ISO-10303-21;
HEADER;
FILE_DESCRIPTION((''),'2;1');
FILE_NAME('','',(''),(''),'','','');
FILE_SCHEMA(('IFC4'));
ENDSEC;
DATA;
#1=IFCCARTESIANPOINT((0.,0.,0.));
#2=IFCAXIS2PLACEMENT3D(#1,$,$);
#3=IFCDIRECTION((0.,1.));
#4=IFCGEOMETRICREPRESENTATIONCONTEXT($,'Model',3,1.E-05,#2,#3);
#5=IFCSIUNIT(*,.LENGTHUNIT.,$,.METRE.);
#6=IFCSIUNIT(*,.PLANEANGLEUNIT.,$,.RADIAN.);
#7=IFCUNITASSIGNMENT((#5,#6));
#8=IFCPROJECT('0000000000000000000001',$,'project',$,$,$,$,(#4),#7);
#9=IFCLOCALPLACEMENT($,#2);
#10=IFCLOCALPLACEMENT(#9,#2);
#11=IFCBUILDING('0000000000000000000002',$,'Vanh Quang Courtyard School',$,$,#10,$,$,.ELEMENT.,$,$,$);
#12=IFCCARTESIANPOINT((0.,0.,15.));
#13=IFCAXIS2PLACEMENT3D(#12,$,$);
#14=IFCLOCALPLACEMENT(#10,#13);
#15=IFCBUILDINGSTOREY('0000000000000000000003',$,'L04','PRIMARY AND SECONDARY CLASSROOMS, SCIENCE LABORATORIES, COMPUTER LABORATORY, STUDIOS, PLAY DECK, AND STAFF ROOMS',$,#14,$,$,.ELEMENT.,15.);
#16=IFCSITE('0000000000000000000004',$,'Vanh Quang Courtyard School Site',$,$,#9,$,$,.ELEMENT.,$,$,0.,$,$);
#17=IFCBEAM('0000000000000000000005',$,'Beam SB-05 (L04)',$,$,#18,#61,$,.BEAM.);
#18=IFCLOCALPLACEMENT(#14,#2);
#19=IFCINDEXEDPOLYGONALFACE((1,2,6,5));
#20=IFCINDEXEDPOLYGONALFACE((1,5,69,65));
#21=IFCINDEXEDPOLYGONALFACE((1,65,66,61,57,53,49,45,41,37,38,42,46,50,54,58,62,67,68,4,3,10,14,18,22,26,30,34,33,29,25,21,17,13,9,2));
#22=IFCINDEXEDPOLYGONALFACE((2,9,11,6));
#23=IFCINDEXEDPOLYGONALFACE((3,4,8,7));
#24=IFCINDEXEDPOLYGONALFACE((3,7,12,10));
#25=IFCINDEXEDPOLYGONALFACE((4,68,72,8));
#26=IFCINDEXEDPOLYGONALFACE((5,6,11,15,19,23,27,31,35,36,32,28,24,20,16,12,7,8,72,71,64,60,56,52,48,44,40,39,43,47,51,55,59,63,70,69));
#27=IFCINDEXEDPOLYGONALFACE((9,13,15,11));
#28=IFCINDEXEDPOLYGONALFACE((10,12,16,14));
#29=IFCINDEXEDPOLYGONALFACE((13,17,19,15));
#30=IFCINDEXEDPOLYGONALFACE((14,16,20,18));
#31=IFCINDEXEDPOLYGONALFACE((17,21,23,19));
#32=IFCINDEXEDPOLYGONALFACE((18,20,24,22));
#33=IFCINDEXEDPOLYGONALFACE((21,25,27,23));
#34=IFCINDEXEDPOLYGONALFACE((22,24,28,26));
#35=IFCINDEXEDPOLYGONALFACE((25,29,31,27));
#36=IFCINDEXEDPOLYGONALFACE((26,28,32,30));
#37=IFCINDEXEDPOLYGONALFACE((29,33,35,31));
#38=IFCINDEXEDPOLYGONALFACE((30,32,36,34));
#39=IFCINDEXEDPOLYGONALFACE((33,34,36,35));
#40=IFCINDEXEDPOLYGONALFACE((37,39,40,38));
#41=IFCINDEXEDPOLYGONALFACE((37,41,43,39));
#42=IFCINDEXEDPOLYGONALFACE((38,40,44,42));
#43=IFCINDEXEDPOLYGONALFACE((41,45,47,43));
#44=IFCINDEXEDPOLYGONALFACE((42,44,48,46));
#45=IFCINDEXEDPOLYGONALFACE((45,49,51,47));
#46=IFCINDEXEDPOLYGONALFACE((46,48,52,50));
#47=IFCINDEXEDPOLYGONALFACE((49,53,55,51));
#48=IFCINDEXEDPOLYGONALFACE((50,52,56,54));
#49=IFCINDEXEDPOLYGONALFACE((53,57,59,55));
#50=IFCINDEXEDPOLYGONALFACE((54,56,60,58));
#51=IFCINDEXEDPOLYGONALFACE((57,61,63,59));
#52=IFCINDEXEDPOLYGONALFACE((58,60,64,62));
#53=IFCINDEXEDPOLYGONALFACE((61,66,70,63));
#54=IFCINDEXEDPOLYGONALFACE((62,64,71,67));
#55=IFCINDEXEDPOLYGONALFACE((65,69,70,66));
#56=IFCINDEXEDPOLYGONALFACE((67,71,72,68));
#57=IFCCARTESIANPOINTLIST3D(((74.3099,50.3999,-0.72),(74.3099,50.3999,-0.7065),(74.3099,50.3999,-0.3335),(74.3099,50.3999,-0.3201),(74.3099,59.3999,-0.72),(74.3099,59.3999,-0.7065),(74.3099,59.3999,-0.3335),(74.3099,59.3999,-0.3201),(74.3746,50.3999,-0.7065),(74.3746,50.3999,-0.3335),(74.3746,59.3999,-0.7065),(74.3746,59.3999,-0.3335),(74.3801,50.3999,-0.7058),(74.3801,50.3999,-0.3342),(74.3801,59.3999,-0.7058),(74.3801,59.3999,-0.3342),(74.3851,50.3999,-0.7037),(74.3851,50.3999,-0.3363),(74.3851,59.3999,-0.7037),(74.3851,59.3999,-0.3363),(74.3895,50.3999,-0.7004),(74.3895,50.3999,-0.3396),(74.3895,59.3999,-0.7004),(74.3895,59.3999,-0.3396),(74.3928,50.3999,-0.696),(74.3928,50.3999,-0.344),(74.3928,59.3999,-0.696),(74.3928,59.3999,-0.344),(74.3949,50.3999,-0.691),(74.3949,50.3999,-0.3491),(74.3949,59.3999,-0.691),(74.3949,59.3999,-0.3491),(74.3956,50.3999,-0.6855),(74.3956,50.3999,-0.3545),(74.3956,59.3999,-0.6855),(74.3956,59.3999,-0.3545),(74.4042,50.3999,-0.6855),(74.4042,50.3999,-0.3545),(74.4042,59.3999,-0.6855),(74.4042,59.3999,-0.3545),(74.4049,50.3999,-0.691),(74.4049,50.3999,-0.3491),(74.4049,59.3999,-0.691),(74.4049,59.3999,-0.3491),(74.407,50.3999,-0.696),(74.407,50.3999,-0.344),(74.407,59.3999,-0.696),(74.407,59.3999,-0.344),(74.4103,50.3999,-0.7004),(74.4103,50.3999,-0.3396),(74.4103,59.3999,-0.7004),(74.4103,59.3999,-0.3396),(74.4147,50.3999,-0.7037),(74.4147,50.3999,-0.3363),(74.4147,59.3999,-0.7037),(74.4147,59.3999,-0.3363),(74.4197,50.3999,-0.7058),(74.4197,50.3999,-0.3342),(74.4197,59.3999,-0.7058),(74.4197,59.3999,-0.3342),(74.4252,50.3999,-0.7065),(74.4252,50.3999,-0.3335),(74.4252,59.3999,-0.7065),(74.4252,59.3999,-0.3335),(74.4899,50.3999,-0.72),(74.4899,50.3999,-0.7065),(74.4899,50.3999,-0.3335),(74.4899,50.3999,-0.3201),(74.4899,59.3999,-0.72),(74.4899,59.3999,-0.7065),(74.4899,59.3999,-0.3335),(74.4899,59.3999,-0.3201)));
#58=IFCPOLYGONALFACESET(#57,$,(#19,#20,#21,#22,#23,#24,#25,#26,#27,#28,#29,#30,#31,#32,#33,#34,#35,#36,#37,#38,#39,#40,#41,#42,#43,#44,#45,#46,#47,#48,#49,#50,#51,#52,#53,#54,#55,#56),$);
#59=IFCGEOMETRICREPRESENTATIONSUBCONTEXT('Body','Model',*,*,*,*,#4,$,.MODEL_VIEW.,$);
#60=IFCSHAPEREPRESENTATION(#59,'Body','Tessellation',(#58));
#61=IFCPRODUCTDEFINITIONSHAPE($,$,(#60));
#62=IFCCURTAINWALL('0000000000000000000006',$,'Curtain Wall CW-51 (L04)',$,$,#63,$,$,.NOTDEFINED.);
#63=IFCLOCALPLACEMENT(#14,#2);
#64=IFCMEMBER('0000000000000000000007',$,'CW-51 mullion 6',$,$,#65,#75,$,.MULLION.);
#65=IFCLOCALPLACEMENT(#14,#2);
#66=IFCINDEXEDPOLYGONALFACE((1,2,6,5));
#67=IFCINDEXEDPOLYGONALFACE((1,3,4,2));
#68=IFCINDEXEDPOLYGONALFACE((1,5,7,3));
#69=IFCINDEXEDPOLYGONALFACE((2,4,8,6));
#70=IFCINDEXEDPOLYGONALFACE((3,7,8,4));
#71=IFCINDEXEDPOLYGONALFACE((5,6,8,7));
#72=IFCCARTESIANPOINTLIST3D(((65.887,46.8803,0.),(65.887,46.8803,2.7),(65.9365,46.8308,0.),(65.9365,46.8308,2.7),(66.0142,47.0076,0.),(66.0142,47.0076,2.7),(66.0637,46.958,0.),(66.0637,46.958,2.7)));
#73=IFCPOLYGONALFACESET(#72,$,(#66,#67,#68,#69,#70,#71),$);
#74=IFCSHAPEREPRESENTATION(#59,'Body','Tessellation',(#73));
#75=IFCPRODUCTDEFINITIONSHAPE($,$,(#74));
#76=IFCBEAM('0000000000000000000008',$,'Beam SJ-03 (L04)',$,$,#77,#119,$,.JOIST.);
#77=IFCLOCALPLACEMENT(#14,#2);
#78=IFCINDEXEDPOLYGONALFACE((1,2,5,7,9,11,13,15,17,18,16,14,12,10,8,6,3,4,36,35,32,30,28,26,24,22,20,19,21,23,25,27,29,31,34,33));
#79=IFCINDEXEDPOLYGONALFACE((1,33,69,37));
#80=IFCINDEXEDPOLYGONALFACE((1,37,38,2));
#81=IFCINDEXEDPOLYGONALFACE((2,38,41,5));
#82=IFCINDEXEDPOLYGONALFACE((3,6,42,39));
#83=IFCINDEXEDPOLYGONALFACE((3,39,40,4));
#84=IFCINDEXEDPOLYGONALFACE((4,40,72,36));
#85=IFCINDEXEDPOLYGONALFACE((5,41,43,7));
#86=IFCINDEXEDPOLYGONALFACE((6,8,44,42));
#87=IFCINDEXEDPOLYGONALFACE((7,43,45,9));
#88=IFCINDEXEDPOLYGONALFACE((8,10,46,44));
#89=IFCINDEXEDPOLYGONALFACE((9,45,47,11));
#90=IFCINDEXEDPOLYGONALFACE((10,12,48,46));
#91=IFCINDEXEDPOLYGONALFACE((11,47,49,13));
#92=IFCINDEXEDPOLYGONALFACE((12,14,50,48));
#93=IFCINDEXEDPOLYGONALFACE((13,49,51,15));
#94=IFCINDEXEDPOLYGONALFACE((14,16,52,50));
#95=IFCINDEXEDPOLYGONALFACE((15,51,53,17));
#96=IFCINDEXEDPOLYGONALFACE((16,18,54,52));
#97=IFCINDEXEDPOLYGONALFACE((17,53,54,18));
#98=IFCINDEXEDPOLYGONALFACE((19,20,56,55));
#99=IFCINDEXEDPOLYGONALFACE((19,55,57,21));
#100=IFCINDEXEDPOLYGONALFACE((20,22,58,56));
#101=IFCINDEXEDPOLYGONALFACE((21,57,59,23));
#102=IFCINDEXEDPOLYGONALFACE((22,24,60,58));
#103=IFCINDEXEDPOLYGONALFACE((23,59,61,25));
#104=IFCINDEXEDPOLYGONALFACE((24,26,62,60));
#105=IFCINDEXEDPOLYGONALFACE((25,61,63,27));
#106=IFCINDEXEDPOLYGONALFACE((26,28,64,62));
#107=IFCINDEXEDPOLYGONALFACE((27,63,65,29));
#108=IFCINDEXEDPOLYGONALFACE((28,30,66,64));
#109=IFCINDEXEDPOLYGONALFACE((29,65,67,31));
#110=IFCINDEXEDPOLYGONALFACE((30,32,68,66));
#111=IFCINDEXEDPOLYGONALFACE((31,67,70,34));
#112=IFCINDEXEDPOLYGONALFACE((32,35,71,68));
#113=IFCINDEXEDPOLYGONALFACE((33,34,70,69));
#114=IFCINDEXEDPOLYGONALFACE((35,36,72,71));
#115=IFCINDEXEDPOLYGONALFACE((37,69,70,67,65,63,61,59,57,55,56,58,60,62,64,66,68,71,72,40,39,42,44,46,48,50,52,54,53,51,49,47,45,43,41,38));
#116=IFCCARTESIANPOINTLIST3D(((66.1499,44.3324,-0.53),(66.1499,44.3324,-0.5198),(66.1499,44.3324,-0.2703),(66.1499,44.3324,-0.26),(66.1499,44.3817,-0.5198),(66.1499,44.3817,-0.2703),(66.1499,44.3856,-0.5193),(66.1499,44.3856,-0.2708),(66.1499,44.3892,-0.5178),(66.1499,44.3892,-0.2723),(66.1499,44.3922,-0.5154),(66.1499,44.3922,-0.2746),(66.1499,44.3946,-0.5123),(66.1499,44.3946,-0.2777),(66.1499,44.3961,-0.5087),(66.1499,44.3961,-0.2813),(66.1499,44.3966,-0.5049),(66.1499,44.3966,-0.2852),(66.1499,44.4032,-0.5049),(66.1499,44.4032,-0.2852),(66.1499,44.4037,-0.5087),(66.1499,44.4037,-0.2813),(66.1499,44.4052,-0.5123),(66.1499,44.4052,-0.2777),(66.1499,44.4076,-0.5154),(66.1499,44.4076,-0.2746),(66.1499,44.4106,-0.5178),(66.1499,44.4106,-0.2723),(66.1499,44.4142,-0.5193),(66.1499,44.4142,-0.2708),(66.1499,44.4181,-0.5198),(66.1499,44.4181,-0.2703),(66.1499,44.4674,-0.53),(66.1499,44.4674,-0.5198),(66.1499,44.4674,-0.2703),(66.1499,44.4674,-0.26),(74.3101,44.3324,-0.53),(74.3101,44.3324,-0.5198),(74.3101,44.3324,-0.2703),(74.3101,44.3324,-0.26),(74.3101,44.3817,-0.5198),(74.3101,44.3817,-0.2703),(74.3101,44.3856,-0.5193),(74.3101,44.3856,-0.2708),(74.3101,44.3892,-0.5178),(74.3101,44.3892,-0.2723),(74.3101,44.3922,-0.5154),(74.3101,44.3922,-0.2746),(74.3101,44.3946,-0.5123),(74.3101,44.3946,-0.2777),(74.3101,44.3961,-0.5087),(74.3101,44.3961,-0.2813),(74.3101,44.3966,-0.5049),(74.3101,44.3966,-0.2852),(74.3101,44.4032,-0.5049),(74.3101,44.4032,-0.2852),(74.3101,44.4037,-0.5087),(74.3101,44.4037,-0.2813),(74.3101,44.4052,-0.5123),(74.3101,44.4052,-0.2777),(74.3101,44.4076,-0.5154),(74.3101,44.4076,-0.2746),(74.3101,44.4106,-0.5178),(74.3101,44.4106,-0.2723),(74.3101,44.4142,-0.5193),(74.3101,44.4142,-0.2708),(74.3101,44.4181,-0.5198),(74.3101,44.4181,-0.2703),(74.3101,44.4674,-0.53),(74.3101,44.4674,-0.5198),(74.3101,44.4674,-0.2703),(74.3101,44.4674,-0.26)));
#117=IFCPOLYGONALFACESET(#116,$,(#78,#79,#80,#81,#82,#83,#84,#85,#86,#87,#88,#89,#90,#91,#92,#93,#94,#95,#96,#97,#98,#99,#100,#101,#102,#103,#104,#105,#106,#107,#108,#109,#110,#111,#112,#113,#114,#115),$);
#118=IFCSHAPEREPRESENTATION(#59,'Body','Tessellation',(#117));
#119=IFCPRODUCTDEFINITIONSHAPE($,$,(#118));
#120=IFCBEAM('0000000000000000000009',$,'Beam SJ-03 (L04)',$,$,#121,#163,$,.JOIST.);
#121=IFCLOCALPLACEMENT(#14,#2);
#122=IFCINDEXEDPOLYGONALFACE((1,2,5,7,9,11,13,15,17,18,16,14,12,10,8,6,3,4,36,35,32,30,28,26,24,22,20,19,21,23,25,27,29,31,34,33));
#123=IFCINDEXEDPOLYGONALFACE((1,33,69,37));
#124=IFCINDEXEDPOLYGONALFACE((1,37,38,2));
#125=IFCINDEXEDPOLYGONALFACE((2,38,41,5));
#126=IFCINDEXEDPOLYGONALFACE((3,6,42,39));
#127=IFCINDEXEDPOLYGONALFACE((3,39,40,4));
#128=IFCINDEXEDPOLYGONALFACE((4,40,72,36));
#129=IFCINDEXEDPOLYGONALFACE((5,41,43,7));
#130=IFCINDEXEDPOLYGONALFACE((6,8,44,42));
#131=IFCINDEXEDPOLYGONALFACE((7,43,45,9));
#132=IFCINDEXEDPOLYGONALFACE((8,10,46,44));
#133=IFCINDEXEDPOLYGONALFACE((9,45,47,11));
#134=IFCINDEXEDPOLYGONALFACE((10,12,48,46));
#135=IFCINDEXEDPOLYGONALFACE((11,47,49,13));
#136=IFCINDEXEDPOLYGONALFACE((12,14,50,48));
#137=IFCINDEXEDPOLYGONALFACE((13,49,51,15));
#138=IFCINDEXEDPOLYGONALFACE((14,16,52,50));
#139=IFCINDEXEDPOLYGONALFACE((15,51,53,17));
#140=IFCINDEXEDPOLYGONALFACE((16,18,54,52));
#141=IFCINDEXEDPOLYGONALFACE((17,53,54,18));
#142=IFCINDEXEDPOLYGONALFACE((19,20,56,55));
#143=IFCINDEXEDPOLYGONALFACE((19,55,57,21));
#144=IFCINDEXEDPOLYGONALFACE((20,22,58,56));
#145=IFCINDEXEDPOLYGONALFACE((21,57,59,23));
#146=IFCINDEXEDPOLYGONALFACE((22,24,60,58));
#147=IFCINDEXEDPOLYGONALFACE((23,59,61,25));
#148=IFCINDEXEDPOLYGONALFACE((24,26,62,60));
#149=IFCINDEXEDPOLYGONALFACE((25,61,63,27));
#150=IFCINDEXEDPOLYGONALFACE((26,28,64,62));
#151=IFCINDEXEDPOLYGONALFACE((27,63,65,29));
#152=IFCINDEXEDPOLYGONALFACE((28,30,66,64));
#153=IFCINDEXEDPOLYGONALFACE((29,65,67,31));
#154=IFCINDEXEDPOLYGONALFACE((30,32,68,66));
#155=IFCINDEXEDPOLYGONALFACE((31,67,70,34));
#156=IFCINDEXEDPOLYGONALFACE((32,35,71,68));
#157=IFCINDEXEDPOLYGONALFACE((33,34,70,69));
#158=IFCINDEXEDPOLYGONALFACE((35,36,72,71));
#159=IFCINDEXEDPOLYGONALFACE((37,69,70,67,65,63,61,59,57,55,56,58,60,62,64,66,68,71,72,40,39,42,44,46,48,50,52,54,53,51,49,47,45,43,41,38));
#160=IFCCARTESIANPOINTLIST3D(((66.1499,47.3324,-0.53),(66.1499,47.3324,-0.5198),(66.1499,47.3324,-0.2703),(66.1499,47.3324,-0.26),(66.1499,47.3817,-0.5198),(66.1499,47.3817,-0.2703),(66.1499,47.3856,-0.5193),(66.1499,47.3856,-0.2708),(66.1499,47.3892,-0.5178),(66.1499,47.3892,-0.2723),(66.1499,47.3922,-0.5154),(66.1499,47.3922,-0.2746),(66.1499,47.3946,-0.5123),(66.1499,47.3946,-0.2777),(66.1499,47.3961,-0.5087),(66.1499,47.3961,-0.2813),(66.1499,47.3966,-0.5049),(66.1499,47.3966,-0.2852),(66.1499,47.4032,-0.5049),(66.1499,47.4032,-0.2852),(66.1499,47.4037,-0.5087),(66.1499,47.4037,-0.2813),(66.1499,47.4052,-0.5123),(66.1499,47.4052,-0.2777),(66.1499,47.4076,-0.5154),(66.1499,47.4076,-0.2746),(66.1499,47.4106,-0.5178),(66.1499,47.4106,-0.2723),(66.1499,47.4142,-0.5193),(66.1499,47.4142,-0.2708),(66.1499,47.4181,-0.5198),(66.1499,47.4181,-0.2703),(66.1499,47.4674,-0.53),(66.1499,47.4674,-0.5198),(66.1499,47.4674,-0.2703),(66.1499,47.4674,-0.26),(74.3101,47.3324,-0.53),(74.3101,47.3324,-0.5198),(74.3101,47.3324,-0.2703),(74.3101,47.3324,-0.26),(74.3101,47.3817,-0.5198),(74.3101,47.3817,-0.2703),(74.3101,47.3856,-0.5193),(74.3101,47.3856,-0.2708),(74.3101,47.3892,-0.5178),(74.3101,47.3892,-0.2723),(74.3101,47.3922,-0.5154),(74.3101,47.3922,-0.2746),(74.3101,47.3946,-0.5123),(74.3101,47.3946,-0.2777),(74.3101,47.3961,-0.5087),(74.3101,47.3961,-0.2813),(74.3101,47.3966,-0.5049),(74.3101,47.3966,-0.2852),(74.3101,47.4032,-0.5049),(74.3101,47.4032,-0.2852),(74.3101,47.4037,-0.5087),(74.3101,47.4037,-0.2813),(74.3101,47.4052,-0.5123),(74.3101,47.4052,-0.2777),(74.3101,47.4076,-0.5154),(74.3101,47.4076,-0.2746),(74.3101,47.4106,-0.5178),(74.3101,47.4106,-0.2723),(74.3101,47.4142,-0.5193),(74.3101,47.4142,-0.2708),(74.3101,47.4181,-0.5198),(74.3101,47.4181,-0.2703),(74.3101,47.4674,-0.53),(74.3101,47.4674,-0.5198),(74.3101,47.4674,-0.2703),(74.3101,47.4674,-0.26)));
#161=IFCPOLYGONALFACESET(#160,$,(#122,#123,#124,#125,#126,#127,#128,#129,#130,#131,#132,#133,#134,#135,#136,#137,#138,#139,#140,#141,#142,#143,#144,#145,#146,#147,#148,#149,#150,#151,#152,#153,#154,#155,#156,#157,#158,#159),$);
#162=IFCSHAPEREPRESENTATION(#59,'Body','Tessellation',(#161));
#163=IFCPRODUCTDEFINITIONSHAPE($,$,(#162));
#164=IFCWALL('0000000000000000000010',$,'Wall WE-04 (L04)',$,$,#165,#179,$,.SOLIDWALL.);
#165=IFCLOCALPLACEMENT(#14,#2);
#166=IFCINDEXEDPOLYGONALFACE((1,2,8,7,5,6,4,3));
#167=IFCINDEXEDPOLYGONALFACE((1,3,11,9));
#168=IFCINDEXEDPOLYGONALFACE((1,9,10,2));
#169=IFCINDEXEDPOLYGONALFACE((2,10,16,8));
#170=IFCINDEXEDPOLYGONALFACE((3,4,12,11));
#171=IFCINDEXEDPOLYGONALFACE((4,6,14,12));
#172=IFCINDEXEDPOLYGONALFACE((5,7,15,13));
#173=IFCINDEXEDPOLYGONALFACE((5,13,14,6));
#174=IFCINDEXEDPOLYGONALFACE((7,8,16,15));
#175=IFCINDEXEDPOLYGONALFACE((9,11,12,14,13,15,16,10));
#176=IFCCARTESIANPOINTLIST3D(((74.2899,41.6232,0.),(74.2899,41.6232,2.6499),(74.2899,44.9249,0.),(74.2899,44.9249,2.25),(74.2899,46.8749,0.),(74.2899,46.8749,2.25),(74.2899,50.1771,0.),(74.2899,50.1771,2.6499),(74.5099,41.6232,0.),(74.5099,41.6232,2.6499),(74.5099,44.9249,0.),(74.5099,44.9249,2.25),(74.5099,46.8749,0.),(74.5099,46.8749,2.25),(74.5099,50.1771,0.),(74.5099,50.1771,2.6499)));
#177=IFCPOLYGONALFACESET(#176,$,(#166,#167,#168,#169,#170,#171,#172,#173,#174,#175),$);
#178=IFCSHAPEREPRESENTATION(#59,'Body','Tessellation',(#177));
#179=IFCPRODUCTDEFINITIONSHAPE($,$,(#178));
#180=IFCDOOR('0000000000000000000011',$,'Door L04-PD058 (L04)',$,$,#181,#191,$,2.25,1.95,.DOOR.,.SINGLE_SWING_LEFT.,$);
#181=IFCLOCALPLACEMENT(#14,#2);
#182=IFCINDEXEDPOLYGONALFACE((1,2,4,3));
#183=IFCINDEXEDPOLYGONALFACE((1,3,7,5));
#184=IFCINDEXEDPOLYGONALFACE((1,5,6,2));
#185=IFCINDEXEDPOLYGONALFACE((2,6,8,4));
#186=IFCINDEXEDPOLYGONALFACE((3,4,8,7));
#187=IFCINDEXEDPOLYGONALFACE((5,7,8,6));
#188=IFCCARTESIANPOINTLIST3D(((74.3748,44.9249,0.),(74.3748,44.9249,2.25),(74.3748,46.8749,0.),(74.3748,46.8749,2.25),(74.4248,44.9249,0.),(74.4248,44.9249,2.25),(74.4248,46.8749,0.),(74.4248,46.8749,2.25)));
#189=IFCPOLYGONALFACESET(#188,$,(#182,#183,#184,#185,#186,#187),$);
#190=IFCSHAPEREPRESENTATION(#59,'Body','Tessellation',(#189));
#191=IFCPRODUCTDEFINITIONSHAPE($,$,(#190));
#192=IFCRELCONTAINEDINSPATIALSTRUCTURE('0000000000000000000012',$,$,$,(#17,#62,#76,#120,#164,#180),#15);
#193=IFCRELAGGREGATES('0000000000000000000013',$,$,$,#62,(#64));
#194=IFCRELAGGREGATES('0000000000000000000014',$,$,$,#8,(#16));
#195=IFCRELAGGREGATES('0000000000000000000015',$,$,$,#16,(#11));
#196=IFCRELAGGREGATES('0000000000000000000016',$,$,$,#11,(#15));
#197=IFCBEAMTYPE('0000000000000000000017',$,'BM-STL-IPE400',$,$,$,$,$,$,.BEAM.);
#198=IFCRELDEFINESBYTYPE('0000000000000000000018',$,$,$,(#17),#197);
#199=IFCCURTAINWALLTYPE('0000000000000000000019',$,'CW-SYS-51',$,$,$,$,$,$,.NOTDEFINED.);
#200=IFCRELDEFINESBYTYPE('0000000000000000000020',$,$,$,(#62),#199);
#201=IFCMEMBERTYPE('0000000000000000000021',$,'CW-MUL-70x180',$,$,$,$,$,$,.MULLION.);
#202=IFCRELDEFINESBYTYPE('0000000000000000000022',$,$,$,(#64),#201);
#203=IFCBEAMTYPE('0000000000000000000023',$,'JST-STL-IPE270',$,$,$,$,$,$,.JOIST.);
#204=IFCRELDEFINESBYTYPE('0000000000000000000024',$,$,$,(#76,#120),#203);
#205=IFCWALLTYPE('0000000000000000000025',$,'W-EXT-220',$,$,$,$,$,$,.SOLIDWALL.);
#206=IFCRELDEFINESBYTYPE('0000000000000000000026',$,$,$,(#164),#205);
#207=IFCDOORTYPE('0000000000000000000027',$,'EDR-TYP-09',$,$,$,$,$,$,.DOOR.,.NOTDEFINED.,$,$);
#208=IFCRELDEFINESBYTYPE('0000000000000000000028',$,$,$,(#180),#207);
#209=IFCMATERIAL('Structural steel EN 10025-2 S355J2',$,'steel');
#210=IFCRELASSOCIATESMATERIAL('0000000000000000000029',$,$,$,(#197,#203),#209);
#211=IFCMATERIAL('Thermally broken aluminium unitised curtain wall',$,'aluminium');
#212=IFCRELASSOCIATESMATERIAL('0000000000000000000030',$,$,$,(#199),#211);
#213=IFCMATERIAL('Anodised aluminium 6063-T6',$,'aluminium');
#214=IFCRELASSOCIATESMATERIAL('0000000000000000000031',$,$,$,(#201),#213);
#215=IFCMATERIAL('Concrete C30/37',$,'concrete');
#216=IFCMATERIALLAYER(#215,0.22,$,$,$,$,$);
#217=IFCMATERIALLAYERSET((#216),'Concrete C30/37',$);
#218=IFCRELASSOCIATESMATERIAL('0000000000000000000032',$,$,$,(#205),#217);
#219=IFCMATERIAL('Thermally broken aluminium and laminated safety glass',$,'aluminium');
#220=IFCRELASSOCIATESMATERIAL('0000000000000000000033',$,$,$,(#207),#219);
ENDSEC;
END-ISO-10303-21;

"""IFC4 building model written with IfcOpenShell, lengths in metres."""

from ifc_helpers import new_model, si_unit, direction, frame, frame_2d, origin, origin_2d, place, context, subcontext, project, spatial, rectangle, i_section, extrude, material, layer, layer_set, material_profile, profile_set, type_object, element, fill, aggregate, save


model = new_model("IFC4")

# Units and contexts
model_context = context("Model", 3, precision=1e-05, world=origin(), true_north=direction((0.0, 1.0)))
body_context = subcontext(model_context, "Body", "Model", "MODEL_VIEW")
ifc_project = project(units=[si_unit("LENGTHUNIT", "METRE"), si_unit("PLANEANGLEUNIT", "RADIAN")], contexts=[model_context])

# Site, building, storey
site_placement = place(None, origin())
site = spatial("IfcSite", under=ifc_project, at=site_placement, Name="Vanh Quang Courtyard School Site", CompositionType="ELEMENT", RefElevation=0.0)
building_placement = place(site_placement, origin())
building = spatial("IfcBuilding", under=site, at=building_placement, Name="Vanh Quang Courtyard School", CompositionType="ELEMENT")
storey_placement = place(building_placement, frame((0.0, 0.0, 15.0)))
storey = spatial("IfcBuildingStorey", under=building, at=storey_placement, Name="L04", Description="PRIMARY AND SECONDARY CLASSROOMS, SCIENCE LABORATORIES, COMPUTER LABORATORY, STUDIOS, PLAY DECK, AND STAFF ROOMS", CompositionType="ELEMENT", Elevation=15.0)

# Beam
ifc_material_1 = material(Name="Structural steel EN 10025-2 S355J2", Category="steel")
ifc_material_profile_1 = material_profile(ifc_material_1, i_section(OverallWidth=0.1799, OverallDepth=0.3999, WebThickness=0.0085, FlangeThickness=0.0134, FilletRadius=0.021, at=origin_2d()), Name="IPE 400")
ifc_profile_set_1 = profile_set([ifc_material_profile_1], Name="Structural steel EN 10025-2 S355J2")
beam_type_1 = type_object("IfcBeamType", Name="BM-STL-IPE400", PredefinedType="BEAM", material=ifc_profile_set_1)
for number, where, z_axis, x_axis, name in (
    (1, (74.3999, 50.3999, -0.52), (0.0, 1.0, 0.0), (-1.0, 0.0, 0.0), "Beam SB-05 (L04)"),
):
    element("IfcBeam", number, at=place(storey_placement, frame(where, z_axis=z_axis, x_axis=x_axis)), inside=storey, type_object=beam_type_1, Name=name, PredefinedType="BEAM", context=body_context, shape_type="SweptSolid", body=[
        extrude(i_section(OverallWidth=0.1799, OverallDepth=0.3999, WebThickness=0.0085, FlangeThickness=0.0134, FilletRadius=0.021, at=origin_2d()), origin(), (0.0, 0.0, 1.0), 9.0),
    ])

# Curtain wall, member
ifc_material_2 = material(Name="Thermally broken aluminium unitised curtain wall", Category="aluminium")
curtain_wall_type = type_object("IfcCurtainWallType", Name="CW-SYS-51", PredefinedType="NOTDEFINED", material=ifc_material_2)
curtain_wall_placement = place(storey_placement, origin())
curtain_wall = element("IfcCurtainWall", 2, at=curtain_wall_placement, inside=storey, type_object=curtain_wall_type, Name="Curtain Wall CW-51 (L04)", PredefinedType="NOTDEFINED")
ifc_material_3 = material(Name="Anodised aluminium 6063-T6", Category="aluminium")
ifc_material_profile_2 = material_profile(ifc_material_3, rectangle(XDim=0.0701, YDim=0.1799, at=origin_2d()), Name="ALU-MUL 70x180")
ifc_profile_set_2 = profile_set([ifc_material_profile_2], Name="Anodised aluminium 6063-T6")
member_type = type_object("IfcMemberType", Name="CW-MUL-70x180", PredefinedType="MULLION", material=ifc_profile_set_2)
member_placement = place(storey_placement, frame((65.9753, 46.9192, 0.0), z_axis=(0.0, 0.0, 1.0), x_axis=(-0.707107, 0.707107, 0.0)))
member = element("IfcMember", 3, at=member_placement, type_object=member_type, Name="CW-51 mullion 6", PredefinedType="MULLION", context=body_context, shape_type="SweptSolid", body=[
    extrude(rectangle(XDim=0.0701, YDim=0.1799, at=origin_2d()), origin(), (0.0, 0.0, 1.0), 2.7),
])
aggregate(curtain_wall, [member])

# Beams
ifc_material_profile_3 = material_profile(ifc_material_1, i_section(OverallWidth=0.135, OverallDepth=0.27, WebThickness=0.0066, FlangeThickness=0.0103, FilletRadius=0.0149, at=origin_2d()), Name="IPE 270")
ifc_profile_set_3 = profile_set([ifc_material_profile_3], Name="Structural steel EN 10025-2 S355J2")
beam_type_2 = type_object("IfcBeamType", Name="JST-STL-IPE270", PredefinedType="JOIST", material=ifc_profile_set_3)
for number, where, z_axis, x_axis, name in (
    (4, (66.1499, 44.3999, -0.395), (1.0, 0.0, 0.0), (0.0, 1.0, 0.0), "Beam SJ-03 (L04)"),
    (5, (66.1499, 47.3999, -0.395), (1.0, 0.0, 0.0), (0.0, 1.0, 0.0), "Beam SJ-03 (L04)"),
):
    element("IfcBeam", number, at=place(storey_placement, frame(where, z_axis=z_axis, x_axis=x_axis)), inside=storey, type_object=beam_type_2, Name=name, PredefinedType="JOIST", context=body_context, shape_type="SweptSolid", body=[
        extrude(i_section(OverallWidth=0.135, OverallDepth=0.27, WebThickness=0.0066, FlangeThickness=0.0103, FilletRadius=0.0149, at=origin_2d()), origin(), (0.0, 0.0, 1.0), 8.1602),
    ])

# Wall, opening, door
ifc_material_4 = material(Name="Concrete C30/37", Category="concrete")
ifc_layer_1 = layer(ifc_material_4, 0.22)
ifc_layer_set_1 = layer_set([ifc_layer_1], Name="Concrete C30/37")
wall_type_1 = type_object("IfcWallType", Name="W-EXT-220", PredefinedType="SOLIDWALL", material=ifc_layer_set_1)
wall_1_placement = place(storey_placement, frame((74.3999, 50.177, 0.0), z_axis=(0.0, 0.0, 1.0), x_axis=(0.0, -1.0, 0.0)))
wall_1 = element("IfcWall", 6, at=wall_1_placement, inside=storey, type_object=wall_type_1, Name="Wall WE-04 (L04)", PredefinedType="SOLIDWALL", context=body_context, shape_type="SweptSolid", body=[
    extrude(rectangle(XDim=8.554, YDim=0.22, at=frame_2d((4.2769, 0.0))), origin(), (0.0, 0.0, 1.0), 2.6499),
])
opening_1_placement = place(wall_1_placement, frame((3.302, 0.0, 0.0)))
opening_1 = element("IfcOpeningElement", 7, at=opening_1_placement, cuts=wall_1, PredefinedType="OPENING", context=body_context, shape_type="SweptSolid", body=[
    extrude(rectangle(XDim=1.95, YDim=2.25, at=frame_2d((0.9751, 1.125))), frame((0.0, 0.1201, 0.0), z_axis=(0.0, -1.0, 0.0), x_axis=(1.0, 0.0, 0.0)), (0.0, 0.0, 1.0), 0.24),
])
ifc_material_5 = material(Name="Thermally broken aluminium and laminated safety glass", Category="aluminium")
door_type_1 = type_object("IfcDoorType", Name="EDR-TYP-09", OperationType="NOTDEFINED", PredefinedType="DOOR", material=ifc_material_5)
door_1_placement = place(opening_1_placement, origin())
door_1 = element("IfcDoor", 8, at=door_1_placement, inside=storey, type_object=door_type_1, Name="Door L04-PD058 (L04)", OperationType="SINGLE_SWING_LEFT", OverallHeight=2.25, OverallWidth=1.95, PredefinedType="DOOR", context=body_context, shape_type="SweptSolid", body=[
    extrude(rectangle(XDim=1.95, YDim=2.25, at=frame_2d((0.9751, 1.125))), frame((0.0, 0.0249, 0.0), z_axis=(0.0, -1.0, 0.0), x_axis=(1.0, 0.0, 0.0)), (0.0, 0.0, 1.0), 0.05),
])
fill(opening_1, door_1)

save(model, "model.ifc")
